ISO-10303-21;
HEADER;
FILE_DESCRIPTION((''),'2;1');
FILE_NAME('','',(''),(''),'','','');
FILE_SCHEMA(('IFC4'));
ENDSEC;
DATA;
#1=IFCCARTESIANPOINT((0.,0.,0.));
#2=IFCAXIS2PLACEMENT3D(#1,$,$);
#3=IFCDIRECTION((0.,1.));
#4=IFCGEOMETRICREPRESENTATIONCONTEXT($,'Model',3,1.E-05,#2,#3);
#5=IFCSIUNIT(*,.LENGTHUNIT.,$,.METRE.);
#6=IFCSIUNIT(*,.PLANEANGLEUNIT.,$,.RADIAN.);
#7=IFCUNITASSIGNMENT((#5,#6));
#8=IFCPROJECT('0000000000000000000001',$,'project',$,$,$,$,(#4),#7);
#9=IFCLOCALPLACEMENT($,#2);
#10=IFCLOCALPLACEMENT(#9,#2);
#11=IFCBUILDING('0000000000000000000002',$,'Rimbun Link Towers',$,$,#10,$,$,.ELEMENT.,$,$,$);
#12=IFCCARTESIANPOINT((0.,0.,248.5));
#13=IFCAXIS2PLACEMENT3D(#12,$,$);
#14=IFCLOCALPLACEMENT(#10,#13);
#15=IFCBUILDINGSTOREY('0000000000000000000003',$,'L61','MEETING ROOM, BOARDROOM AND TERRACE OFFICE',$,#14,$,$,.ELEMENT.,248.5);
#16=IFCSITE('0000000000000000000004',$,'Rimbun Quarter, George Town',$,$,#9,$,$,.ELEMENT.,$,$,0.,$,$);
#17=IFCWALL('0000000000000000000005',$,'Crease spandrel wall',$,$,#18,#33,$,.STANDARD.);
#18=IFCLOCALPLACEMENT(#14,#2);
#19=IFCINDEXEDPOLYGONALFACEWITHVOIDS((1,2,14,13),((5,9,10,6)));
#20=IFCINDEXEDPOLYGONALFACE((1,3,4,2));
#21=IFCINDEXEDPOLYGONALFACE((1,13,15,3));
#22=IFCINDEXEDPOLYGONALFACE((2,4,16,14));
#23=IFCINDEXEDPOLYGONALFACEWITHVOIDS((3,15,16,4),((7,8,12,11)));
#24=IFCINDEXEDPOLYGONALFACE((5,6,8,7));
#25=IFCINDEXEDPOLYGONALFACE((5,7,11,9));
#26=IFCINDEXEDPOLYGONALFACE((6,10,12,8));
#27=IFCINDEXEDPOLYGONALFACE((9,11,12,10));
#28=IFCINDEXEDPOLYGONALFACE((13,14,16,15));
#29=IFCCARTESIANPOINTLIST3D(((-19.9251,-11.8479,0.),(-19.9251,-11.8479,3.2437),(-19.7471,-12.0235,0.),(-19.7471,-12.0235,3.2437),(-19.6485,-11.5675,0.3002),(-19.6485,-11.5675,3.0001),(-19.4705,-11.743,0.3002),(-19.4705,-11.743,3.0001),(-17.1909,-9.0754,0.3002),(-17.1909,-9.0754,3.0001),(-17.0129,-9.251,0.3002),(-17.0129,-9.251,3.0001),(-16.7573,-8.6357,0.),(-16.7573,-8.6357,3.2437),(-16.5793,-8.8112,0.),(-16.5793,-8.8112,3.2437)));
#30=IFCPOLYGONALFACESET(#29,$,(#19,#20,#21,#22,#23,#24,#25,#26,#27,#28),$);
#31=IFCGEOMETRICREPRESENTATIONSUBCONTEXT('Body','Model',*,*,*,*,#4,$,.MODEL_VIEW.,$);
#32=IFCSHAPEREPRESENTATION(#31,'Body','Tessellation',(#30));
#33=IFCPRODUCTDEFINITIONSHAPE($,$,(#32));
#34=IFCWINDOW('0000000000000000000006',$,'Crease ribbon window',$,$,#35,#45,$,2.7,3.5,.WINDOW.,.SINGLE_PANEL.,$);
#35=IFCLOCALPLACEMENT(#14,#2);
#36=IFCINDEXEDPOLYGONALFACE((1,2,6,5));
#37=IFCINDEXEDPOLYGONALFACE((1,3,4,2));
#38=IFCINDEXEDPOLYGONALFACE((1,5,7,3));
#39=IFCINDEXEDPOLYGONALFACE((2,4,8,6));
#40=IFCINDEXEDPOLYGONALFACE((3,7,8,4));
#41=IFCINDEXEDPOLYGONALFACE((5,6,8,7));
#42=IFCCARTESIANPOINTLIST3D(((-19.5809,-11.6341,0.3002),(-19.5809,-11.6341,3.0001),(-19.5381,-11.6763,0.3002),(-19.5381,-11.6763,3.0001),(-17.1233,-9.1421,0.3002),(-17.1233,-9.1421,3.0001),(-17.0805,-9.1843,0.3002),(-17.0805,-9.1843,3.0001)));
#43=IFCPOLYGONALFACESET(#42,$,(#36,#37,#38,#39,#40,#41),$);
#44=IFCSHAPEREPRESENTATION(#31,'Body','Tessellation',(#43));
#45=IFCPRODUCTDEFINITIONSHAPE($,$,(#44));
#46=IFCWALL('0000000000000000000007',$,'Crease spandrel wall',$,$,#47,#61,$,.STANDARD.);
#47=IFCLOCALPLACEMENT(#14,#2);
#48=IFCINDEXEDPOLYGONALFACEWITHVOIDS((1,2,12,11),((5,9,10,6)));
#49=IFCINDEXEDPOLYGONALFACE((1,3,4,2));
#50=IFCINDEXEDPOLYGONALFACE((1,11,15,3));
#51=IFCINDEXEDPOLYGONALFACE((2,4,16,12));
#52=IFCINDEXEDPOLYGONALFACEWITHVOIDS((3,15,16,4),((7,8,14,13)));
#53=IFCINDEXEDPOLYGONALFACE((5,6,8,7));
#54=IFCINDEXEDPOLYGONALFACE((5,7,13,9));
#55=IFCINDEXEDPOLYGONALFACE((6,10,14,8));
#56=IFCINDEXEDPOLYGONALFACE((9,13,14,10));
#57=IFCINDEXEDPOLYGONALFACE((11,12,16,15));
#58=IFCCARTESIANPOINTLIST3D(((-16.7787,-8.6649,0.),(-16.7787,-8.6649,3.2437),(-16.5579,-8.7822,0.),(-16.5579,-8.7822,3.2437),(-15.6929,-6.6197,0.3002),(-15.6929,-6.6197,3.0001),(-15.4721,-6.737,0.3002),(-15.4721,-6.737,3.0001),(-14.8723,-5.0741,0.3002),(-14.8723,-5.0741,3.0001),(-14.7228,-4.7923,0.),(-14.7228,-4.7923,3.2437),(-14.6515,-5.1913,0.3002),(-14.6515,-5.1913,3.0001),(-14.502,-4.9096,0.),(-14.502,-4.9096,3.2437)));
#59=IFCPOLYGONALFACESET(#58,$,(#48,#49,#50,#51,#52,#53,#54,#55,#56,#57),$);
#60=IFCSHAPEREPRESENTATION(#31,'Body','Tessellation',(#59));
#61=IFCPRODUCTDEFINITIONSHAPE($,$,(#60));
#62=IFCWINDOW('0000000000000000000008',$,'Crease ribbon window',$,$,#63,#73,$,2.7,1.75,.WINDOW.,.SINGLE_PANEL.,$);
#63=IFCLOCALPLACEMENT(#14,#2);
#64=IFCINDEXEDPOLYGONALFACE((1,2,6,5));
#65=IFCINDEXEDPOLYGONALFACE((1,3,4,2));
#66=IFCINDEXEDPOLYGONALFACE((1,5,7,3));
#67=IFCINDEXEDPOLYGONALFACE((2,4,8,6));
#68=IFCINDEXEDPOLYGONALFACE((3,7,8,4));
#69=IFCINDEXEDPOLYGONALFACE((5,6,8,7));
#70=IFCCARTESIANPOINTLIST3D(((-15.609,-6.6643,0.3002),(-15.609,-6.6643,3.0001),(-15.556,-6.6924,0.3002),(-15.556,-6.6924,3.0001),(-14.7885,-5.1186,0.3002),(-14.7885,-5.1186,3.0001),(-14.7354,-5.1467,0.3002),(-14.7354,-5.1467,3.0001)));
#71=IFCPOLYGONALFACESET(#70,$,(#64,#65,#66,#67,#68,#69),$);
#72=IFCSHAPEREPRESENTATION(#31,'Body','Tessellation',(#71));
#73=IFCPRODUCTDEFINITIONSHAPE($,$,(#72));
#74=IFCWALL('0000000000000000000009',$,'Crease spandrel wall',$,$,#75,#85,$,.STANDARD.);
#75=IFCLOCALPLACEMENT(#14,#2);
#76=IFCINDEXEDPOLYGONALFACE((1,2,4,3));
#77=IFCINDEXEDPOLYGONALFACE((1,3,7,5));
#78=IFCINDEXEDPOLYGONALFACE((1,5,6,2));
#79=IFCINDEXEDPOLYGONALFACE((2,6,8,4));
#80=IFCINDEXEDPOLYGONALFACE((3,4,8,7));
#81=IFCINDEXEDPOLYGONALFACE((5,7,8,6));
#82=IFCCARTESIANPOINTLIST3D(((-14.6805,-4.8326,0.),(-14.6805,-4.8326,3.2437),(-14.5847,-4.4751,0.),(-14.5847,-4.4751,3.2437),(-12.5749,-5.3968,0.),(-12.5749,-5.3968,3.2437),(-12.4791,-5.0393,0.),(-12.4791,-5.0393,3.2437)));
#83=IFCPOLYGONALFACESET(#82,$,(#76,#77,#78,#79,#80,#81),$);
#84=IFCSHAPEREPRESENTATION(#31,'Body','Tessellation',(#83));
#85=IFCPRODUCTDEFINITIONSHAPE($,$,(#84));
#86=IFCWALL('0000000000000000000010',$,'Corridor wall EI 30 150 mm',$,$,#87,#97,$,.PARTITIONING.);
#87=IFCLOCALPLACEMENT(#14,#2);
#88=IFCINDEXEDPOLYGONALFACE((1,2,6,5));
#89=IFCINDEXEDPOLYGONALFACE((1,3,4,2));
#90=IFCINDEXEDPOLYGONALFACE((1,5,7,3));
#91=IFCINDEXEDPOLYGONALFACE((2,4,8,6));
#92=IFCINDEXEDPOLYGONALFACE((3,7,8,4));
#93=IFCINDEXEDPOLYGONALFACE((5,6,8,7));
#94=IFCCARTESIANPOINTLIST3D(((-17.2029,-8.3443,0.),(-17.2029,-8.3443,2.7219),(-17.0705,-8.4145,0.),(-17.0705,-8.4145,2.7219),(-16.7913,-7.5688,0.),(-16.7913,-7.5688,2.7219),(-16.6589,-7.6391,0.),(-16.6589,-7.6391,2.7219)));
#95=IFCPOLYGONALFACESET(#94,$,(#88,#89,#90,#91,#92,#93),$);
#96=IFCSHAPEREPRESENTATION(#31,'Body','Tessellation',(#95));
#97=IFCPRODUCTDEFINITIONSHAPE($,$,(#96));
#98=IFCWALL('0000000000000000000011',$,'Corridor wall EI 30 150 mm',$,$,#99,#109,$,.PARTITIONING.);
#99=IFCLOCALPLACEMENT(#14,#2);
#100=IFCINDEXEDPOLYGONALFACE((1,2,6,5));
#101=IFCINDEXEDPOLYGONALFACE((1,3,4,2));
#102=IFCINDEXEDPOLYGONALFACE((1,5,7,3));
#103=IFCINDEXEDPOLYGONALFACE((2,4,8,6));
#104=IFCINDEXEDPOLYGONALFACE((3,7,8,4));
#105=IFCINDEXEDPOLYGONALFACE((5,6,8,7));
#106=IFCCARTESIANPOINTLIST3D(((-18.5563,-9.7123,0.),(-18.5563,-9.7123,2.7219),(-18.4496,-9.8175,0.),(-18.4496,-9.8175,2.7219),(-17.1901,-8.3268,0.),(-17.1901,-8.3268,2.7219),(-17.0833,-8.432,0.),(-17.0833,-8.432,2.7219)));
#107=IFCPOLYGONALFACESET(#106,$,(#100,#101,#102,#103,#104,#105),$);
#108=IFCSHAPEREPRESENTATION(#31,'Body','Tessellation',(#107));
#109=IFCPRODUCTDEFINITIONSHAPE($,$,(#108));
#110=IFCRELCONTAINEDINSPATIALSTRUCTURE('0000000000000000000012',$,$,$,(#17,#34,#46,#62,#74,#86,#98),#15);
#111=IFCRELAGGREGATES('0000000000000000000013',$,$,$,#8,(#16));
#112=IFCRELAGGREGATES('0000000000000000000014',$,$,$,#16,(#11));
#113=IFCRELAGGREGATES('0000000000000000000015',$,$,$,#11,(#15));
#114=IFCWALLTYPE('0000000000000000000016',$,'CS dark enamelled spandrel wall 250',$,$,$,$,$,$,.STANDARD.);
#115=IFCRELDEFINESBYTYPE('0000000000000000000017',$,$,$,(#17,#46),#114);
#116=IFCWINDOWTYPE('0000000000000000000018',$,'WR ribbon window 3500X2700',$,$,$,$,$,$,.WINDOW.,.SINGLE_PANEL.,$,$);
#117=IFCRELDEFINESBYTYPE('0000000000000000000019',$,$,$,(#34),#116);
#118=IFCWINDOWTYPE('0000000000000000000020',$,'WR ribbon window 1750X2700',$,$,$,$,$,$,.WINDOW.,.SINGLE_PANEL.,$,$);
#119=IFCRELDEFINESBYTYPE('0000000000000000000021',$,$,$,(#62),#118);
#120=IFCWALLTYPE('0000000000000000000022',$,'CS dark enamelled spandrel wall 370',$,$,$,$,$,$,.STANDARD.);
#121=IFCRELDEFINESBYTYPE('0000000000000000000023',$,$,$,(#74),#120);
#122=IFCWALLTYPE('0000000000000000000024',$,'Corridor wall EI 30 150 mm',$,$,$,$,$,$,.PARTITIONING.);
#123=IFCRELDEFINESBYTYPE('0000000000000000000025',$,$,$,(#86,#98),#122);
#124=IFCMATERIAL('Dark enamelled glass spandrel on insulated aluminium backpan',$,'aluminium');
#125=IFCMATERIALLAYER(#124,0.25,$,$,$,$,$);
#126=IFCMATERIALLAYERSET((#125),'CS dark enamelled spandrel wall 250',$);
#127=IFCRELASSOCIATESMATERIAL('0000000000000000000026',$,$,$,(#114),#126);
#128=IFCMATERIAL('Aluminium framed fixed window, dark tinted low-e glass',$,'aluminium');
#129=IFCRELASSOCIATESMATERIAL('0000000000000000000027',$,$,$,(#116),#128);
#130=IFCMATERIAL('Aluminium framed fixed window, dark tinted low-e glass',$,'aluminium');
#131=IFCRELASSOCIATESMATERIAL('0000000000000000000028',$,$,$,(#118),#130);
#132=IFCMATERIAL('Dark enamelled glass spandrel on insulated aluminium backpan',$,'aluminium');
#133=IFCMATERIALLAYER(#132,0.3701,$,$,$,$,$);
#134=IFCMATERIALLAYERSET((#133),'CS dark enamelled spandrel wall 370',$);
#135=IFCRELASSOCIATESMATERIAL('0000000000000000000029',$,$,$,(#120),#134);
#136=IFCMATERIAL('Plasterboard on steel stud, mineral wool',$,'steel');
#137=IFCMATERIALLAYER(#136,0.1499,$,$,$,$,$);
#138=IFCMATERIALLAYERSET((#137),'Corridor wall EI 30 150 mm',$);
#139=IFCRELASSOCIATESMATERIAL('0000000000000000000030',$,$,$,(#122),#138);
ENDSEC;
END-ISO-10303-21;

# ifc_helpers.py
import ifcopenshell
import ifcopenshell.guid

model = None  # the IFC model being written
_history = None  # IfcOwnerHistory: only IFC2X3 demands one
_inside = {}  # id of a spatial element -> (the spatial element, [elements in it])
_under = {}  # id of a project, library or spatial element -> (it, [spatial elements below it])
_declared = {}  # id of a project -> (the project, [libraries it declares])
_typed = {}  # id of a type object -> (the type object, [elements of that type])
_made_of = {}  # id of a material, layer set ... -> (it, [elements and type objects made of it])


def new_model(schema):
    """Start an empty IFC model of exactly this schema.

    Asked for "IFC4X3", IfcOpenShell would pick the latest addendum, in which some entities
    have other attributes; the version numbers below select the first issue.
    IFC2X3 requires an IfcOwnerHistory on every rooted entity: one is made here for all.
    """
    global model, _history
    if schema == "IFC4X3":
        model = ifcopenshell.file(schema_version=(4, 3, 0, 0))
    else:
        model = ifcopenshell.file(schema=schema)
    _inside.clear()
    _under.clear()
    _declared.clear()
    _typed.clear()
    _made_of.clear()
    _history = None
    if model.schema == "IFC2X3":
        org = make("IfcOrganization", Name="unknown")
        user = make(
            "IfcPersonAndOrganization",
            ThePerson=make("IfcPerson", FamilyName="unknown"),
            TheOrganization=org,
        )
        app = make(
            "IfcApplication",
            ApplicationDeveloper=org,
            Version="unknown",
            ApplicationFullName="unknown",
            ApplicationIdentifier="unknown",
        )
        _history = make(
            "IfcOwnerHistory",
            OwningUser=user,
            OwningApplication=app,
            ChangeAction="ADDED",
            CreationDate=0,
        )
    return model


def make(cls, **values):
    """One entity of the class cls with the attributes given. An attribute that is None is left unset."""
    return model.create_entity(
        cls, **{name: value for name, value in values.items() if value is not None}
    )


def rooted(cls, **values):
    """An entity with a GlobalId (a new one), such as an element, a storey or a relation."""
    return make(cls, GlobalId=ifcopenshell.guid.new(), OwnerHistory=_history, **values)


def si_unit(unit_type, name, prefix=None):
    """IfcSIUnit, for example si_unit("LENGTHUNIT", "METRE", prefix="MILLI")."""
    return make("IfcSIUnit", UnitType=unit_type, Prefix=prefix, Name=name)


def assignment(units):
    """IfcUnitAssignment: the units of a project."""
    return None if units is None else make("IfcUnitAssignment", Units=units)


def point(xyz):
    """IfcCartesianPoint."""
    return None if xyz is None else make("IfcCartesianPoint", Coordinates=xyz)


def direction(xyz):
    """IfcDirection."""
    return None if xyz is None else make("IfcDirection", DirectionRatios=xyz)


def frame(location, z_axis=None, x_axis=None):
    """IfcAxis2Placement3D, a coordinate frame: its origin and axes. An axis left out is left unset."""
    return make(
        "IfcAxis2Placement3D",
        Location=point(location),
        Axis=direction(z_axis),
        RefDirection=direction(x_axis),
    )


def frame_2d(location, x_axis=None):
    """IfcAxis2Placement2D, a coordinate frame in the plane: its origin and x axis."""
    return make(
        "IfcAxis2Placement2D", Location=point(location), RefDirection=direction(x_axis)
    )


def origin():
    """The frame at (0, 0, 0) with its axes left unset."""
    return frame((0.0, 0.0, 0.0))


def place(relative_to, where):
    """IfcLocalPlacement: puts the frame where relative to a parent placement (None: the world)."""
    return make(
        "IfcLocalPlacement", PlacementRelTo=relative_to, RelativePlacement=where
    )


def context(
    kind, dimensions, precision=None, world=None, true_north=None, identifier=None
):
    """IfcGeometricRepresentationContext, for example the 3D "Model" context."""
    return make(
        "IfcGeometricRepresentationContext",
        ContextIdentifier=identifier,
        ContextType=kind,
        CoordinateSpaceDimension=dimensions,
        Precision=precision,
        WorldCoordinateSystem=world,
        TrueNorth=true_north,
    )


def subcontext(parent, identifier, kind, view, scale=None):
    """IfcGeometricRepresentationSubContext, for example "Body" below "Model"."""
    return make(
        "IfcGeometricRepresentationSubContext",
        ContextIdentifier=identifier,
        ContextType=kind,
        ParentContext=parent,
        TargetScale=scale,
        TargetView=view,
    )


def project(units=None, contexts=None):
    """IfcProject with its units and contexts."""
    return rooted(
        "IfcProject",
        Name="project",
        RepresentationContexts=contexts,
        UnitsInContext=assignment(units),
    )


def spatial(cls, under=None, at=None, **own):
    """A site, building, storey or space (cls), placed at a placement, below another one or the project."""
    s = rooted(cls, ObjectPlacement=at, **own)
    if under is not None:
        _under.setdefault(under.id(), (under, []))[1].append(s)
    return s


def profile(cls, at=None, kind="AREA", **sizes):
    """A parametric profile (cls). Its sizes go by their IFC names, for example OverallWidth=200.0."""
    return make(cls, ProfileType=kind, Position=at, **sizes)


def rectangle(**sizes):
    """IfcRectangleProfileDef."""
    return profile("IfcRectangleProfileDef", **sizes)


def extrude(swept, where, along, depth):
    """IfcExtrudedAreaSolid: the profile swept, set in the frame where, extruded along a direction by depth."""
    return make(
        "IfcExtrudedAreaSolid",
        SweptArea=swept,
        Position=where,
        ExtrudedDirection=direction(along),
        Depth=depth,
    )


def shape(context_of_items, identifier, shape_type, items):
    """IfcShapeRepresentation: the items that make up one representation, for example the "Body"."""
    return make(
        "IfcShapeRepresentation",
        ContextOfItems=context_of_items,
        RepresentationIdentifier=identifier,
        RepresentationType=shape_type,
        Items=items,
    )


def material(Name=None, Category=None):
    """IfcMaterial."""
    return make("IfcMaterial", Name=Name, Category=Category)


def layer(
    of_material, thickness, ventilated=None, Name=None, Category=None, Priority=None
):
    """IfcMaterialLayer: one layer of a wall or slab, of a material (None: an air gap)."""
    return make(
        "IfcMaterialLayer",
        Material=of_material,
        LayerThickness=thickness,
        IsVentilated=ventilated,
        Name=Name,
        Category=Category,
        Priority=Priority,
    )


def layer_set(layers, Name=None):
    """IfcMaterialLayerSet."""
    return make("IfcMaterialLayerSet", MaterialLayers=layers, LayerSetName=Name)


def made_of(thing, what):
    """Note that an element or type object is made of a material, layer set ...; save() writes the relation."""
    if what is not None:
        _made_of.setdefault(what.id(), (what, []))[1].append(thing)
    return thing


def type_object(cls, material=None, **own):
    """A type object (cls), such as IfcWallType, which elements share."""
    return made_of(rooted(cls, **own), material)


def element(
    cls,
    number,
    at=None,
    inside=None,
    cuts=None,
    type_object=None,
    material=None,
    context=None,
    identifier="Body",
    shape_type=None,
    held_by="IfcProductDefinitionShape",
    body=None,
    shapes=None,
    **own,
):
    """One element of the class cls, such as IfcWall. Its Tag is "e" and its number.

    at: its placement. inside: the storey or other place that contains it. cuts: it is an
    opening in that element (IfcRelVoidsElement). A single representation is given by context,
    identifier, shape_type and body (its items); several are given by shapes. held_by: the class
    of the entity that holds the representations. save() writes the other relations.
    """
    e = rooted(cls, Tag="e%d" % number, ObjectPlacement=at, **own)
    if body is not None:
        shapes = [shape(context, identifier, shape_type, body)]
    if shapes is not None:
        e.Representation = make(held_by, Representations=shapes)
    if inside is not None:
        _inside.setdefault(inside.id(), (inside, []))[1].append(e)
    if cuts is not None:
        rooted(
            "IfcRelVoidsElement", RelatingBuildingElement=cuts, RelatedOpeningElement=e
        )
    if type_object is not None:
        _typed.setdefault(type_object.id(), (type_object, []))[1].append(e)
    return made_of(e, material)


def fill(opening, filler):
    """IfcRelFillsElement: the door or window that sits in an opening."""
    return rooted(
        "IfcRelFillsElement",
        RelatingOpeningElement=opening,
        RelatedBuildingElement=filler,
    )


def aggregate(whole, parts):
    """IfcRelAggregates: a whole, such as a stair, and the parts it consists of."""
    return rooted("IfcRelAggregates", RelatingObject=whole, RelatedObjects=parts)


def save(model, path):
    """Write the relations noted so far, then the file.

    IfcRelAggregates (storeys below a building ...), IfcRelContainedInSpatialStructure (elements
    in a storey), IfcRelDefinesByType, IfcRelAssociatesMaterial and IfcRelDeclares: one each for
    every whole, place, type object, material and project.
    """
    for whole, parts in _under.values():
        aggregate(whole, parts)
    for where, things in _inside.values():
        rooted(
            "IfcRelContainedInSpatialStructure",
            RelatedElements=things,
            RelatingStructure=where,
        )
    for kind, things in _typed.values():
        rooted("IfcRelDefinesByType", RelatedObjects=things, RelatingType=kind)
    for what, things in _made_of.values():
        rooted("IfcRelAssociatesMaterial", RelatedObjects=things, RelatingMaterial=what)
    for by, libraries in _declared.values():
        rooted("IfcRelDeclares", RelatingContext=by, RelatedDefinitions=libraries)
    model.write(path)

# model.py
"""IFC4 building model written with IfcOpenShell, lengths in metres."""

from ifc_helpers import new_model, si_unit, direction, frame, frame_2d, origin, place, context, subcontext, project, spatial, rectangle, extrude, material, layer, layer_set, type_object, element, fill, save


model = new_model("IFC4")

# Units and contexts
model_context = context("Model", 3, precision=1e-05, world=origin(), true_north=direction((0.0, 1.0)))
body_context = subcontext(model_context, "Body", "Model", "MODEL_VIEW")
ifc_project = project(units=[si_unit("LENGTHUNIT", "METRE"), si_unit("PLANEANGLEUNIT", "RADIAN")], contexts=[model_context])

# Site, building, storey
site_placement = place(None, origin())
site = spatial("IfcSite", under=ifc_project, at=site_placement, Name="Rimbun Quarter, George Town", CompositionType="ELEMENT", RefElevation=0.0)
building_placement = place(site_placement, origin())
building = spatial("IfcBuilding", under=site, at=building_placement, Name="Rimbun Link Towers", CompositionType="ELEMENT")
storey_placement = place(building_placement, frame((0.0, 0.0, 248.5)))
storey = spatial("IfcBuildingStorey", under=building, at=storey_placement, Name="L61", Description="MEETING ROOM, BOARDROOM AND TERRACE OFFICE", CompositionType="ELEMENT", Elevation=248.5)

# Walls, openings, windows
ifc_material_1 = material(Name="Dark enamelled glass spandrel on insulated aluminium backpan", Category="aluminium")
ifc_layer_1 = layer(ifc_material_1, 0.25)
ifc_layer_set_1 = layer_set([ifc_layer_1], Name="CS dark enamelled spandrel wall 250")
wall_type_1 = type_object("IfcWallType", Name="CS dark enamelled spandrel wall 250", PredefinedType="STANDARD", material=ifc_layer_set_1)
wall_1_placement = place(storey_placement, frame((-16.6682, -8.7234, 0.0), z_axis=(0.0, 0.0, 1.0), x_axis=(-0.702165, -0.712014, 0.0)))
wall_1 = element("IfcWall", 1, at=wall_1_placement, inside=storey, type_object=wall_type_1, Name="Crease spandrel wall", PredefinedType="STANDARD", context=body_context, shape_type="SweptSolid", body=[
    extrude(rectangle(XDim=4.5115, YDim=0.25, at=frame_2d((2.2559, 0.0))), origin(), (0.0, 0.0, 1.0), 3.2437),
])
opening_1_placement = place(wall_1_placement, frame((0.6177, 0.0, 0.3)))
opening_1 = element("IfcOpeningElement", 2, at=opening_1_placement, cuts=wall_1, PredefinedType="OPENING", context=body_context, shape_type="SweptSolid", body=[
    extrude(rectangle(XDim=3.5, YDim=2.7, at=frame_2d((1.75, 1.3501))), frame((0.0, 0.135, 0.0), z_axis=(0.0, -1.0, 0.0), x_axis=(1.0, 0.0, 0.0)), (0.0, 0.0, 1.0), 0.27),
])
ifc_material_2 = material(Name="Aluminium framed fixed window, dark tinted low-e glass", Category="aluminium")
window_type_1 = type_object("IfcWindowType", Name="WR ribbon window 3500X2700", PartitioningType="SINGLE_PANEL", PredefinedType="WINDOW", material=ifc_material_2)
window_1_placement = place(opening_1_placement, origin())
window_1 = element("IfcWindow", 3, at=window_1_placement, inside=storey, type_object=window_type_1, Name="Crease ribbon window", OverallHeight=2.7, OverallWidth=3.5, PartitioningType="SINGLE_PANEL", PredefinedType="WINDOW", context=body_context, shape_type="SweptSolid", body=[
    extrude(rectangle(XDim=3.5, YDim=2.7, at=frame_2d((1.75, 1.3501))), frame((0.0, 0.03, 0.0), z_axis=(0.0, -1.0, 0.0), x_axis=(1.0, 0.0, 0.0)), (0.0, 0.0, 1.0), 0.0601),
])
fill(opening_1, window_1)
wall_2_placement = place(storey_placement, frame((-14.6123, -4.8508, 0.0), z_axis=(0.0, 0.0, 1.0), x_axis=(-0.468908, -0.883247, 0.0)))
wall_2 = element("IfcWall", 4, at=wall_2_placement, inside=storey, type_object=wall_type_1, Name="Crease spandrel wall", PredefinedType="STANDARD", context=body_context, shape_type="SweptSolid", body=[
    extrude(rectangle(XDim=4.3845, YDim=0.25, at=frame_2d((2.1924, 0.0))), origin(), (0.0, 0.0, 1.0), 3.2437),
])
opening_2_placement = place(wall_2_placement, frame((0.3191, 0.0, 0.3)))
opening_2 = element("IfcOpeningElement", 5, at=opening_2_placement, cuts=wall_2, PredefinedType="OPENING", context=body_context, shape_type="SweptSolid", body=[
    extrude(rectangle(XDim=1.75, YDim=2.7, at=frame_2d((0.875, 1.3501))), frame((0.0, 0.135, 0.0), z_axis=(0.0, -1.0, 0.0), x_axis=(1.0, 0.0, 0.0)), (0.0, 0.0, 1.0), 0.27),
])
ifc_material_3 = material(Name="Aluminium framed fixed window, dark tinted low-e glass", Category="aluminium")
window_type_2 = type_object("IfcWindowType", Name="WR ribbon window 1750X2700", PartitioningType="SINGLE_PANEL", PredefinedType="WINDOW", material=ifc_material_3)
window_2_placement = place(opening_2_placement, origin())
window_2 = element("IfcWindow", 6, at=window_2_placement, inside=storey, type_object=window_type_2, Name="Crease ribbon window", OverallHeight=2.7, OverallWidth=1.75, PartitioningType="SINGLE_PANEL", PredefinedType="WINDOW", context=body_context, shape_type="SweptSolid", body=[
    extrude(rectangle(XDim=1.75, YDim=2.7, at=frame_2d((0.875, 1.3501))), frame((0.0, 0.03, 0.0), z_axis=(0.0, -1.0, 0.0), x_axis=(1.0, 0.0, 0.0)), (0.0, 0.0, 1.0), 0.0601),
])
fill(opening_2, window_2)

# Walls
ifc_material_4 = material(Name="Dark enamelled glass spandrel on insulated aluminium backpan", Category="aluminium")
ifc_layer_2 = layer(ifc_material_4, 0.3701)
ifc_layer_set_2 = layer_set([ifc_layer_2], Name="CS dark enamelled spandrel wall 370")
wall_type_2 = type_object("IfcWallType", Name="CS dark enamelled spandrel wall 370", PredefinedType="STANDARD", material=ifc_layer_set_2)
wall_3_placement = place(storey_placement, frame((-12.5271, -5.218, 0.0), z_axis=(0.0, 0.0, 1.0), x_axis=(-0.965928, 0.258813, 0.0)))
element("IfcWall", 7, at=wall_3_placement, inside=storey, type_object=wall_type_2, Name="Crease spandrel wall", PredefinedType="STANDARD", context=body_context, shape_type="SweptSolid", body=[
    extrude(rectangle(XDim=2.1799, YDim=0.3701, at=frame_2d((1.0898, 0.0))), origin(), (0.0, 0.0, 1.0), 3.2437),
])
ifc_material_5 = material(Name="Plasterboard on steel stud, mineral wool", Category="steel")
ifc_layer_3 = layer(ifc_material_5, 0.1499)
ifc_layer_set_3 = layer_set([ifc_layer_3], Name="Corridor wall EI 30 150 mm")
wall_type_3 = type_object("IfcWallType", Name="Corridor wall EI 30 150 mm", PredefinedType="PARTITIONING", material=ifc_layer_set_3)
wall_4_placement = place(storey_placement, frame((-17.1367, -8.3794, 0.0), z_axis=(0.0, 0.0, 1.0), x_axis=(0.468884, 0.88326, 0.0)))
element("IfcWall", 8, at=wall_4_placement, inside=storey, type_object=wall_type_3, Name="Corridor wall EI 30 150 mm", PredefinedType="PARTITIONING", context=body_context, shape_type="SweptSolid", body=[
    extrude(rectangle(XDim=0.8779, YDim=0.1499, at=frame_2d((0.439, 0.0))), origin(), (0.0, 0.0, 1.0), 2.7219),
])
wall_5_placement = place(storey_placement, frame((-18.5029, -9.7649, 0.0), z_axis=(0.0, 0.0, 1.0), x_axis=(0.702133, 0.712046, 0.0)))
element("IfcWall", 9, at=wall_5_placement, inside=storey, type_object=wall_type_3, Name="Corridor wall EI 30 150 mm", PredefinedType="PARTITIONING", context=body_context, shape_type="SweptSolid", body=[
    extrude(rectangle(XDim=1.9458, YDim=0.1499, at=frame_2d((0.9729, 0.0))), origin(), (0.0, 0.0, 1.0), 2.7219),
])

save(model, "model.ifc")
